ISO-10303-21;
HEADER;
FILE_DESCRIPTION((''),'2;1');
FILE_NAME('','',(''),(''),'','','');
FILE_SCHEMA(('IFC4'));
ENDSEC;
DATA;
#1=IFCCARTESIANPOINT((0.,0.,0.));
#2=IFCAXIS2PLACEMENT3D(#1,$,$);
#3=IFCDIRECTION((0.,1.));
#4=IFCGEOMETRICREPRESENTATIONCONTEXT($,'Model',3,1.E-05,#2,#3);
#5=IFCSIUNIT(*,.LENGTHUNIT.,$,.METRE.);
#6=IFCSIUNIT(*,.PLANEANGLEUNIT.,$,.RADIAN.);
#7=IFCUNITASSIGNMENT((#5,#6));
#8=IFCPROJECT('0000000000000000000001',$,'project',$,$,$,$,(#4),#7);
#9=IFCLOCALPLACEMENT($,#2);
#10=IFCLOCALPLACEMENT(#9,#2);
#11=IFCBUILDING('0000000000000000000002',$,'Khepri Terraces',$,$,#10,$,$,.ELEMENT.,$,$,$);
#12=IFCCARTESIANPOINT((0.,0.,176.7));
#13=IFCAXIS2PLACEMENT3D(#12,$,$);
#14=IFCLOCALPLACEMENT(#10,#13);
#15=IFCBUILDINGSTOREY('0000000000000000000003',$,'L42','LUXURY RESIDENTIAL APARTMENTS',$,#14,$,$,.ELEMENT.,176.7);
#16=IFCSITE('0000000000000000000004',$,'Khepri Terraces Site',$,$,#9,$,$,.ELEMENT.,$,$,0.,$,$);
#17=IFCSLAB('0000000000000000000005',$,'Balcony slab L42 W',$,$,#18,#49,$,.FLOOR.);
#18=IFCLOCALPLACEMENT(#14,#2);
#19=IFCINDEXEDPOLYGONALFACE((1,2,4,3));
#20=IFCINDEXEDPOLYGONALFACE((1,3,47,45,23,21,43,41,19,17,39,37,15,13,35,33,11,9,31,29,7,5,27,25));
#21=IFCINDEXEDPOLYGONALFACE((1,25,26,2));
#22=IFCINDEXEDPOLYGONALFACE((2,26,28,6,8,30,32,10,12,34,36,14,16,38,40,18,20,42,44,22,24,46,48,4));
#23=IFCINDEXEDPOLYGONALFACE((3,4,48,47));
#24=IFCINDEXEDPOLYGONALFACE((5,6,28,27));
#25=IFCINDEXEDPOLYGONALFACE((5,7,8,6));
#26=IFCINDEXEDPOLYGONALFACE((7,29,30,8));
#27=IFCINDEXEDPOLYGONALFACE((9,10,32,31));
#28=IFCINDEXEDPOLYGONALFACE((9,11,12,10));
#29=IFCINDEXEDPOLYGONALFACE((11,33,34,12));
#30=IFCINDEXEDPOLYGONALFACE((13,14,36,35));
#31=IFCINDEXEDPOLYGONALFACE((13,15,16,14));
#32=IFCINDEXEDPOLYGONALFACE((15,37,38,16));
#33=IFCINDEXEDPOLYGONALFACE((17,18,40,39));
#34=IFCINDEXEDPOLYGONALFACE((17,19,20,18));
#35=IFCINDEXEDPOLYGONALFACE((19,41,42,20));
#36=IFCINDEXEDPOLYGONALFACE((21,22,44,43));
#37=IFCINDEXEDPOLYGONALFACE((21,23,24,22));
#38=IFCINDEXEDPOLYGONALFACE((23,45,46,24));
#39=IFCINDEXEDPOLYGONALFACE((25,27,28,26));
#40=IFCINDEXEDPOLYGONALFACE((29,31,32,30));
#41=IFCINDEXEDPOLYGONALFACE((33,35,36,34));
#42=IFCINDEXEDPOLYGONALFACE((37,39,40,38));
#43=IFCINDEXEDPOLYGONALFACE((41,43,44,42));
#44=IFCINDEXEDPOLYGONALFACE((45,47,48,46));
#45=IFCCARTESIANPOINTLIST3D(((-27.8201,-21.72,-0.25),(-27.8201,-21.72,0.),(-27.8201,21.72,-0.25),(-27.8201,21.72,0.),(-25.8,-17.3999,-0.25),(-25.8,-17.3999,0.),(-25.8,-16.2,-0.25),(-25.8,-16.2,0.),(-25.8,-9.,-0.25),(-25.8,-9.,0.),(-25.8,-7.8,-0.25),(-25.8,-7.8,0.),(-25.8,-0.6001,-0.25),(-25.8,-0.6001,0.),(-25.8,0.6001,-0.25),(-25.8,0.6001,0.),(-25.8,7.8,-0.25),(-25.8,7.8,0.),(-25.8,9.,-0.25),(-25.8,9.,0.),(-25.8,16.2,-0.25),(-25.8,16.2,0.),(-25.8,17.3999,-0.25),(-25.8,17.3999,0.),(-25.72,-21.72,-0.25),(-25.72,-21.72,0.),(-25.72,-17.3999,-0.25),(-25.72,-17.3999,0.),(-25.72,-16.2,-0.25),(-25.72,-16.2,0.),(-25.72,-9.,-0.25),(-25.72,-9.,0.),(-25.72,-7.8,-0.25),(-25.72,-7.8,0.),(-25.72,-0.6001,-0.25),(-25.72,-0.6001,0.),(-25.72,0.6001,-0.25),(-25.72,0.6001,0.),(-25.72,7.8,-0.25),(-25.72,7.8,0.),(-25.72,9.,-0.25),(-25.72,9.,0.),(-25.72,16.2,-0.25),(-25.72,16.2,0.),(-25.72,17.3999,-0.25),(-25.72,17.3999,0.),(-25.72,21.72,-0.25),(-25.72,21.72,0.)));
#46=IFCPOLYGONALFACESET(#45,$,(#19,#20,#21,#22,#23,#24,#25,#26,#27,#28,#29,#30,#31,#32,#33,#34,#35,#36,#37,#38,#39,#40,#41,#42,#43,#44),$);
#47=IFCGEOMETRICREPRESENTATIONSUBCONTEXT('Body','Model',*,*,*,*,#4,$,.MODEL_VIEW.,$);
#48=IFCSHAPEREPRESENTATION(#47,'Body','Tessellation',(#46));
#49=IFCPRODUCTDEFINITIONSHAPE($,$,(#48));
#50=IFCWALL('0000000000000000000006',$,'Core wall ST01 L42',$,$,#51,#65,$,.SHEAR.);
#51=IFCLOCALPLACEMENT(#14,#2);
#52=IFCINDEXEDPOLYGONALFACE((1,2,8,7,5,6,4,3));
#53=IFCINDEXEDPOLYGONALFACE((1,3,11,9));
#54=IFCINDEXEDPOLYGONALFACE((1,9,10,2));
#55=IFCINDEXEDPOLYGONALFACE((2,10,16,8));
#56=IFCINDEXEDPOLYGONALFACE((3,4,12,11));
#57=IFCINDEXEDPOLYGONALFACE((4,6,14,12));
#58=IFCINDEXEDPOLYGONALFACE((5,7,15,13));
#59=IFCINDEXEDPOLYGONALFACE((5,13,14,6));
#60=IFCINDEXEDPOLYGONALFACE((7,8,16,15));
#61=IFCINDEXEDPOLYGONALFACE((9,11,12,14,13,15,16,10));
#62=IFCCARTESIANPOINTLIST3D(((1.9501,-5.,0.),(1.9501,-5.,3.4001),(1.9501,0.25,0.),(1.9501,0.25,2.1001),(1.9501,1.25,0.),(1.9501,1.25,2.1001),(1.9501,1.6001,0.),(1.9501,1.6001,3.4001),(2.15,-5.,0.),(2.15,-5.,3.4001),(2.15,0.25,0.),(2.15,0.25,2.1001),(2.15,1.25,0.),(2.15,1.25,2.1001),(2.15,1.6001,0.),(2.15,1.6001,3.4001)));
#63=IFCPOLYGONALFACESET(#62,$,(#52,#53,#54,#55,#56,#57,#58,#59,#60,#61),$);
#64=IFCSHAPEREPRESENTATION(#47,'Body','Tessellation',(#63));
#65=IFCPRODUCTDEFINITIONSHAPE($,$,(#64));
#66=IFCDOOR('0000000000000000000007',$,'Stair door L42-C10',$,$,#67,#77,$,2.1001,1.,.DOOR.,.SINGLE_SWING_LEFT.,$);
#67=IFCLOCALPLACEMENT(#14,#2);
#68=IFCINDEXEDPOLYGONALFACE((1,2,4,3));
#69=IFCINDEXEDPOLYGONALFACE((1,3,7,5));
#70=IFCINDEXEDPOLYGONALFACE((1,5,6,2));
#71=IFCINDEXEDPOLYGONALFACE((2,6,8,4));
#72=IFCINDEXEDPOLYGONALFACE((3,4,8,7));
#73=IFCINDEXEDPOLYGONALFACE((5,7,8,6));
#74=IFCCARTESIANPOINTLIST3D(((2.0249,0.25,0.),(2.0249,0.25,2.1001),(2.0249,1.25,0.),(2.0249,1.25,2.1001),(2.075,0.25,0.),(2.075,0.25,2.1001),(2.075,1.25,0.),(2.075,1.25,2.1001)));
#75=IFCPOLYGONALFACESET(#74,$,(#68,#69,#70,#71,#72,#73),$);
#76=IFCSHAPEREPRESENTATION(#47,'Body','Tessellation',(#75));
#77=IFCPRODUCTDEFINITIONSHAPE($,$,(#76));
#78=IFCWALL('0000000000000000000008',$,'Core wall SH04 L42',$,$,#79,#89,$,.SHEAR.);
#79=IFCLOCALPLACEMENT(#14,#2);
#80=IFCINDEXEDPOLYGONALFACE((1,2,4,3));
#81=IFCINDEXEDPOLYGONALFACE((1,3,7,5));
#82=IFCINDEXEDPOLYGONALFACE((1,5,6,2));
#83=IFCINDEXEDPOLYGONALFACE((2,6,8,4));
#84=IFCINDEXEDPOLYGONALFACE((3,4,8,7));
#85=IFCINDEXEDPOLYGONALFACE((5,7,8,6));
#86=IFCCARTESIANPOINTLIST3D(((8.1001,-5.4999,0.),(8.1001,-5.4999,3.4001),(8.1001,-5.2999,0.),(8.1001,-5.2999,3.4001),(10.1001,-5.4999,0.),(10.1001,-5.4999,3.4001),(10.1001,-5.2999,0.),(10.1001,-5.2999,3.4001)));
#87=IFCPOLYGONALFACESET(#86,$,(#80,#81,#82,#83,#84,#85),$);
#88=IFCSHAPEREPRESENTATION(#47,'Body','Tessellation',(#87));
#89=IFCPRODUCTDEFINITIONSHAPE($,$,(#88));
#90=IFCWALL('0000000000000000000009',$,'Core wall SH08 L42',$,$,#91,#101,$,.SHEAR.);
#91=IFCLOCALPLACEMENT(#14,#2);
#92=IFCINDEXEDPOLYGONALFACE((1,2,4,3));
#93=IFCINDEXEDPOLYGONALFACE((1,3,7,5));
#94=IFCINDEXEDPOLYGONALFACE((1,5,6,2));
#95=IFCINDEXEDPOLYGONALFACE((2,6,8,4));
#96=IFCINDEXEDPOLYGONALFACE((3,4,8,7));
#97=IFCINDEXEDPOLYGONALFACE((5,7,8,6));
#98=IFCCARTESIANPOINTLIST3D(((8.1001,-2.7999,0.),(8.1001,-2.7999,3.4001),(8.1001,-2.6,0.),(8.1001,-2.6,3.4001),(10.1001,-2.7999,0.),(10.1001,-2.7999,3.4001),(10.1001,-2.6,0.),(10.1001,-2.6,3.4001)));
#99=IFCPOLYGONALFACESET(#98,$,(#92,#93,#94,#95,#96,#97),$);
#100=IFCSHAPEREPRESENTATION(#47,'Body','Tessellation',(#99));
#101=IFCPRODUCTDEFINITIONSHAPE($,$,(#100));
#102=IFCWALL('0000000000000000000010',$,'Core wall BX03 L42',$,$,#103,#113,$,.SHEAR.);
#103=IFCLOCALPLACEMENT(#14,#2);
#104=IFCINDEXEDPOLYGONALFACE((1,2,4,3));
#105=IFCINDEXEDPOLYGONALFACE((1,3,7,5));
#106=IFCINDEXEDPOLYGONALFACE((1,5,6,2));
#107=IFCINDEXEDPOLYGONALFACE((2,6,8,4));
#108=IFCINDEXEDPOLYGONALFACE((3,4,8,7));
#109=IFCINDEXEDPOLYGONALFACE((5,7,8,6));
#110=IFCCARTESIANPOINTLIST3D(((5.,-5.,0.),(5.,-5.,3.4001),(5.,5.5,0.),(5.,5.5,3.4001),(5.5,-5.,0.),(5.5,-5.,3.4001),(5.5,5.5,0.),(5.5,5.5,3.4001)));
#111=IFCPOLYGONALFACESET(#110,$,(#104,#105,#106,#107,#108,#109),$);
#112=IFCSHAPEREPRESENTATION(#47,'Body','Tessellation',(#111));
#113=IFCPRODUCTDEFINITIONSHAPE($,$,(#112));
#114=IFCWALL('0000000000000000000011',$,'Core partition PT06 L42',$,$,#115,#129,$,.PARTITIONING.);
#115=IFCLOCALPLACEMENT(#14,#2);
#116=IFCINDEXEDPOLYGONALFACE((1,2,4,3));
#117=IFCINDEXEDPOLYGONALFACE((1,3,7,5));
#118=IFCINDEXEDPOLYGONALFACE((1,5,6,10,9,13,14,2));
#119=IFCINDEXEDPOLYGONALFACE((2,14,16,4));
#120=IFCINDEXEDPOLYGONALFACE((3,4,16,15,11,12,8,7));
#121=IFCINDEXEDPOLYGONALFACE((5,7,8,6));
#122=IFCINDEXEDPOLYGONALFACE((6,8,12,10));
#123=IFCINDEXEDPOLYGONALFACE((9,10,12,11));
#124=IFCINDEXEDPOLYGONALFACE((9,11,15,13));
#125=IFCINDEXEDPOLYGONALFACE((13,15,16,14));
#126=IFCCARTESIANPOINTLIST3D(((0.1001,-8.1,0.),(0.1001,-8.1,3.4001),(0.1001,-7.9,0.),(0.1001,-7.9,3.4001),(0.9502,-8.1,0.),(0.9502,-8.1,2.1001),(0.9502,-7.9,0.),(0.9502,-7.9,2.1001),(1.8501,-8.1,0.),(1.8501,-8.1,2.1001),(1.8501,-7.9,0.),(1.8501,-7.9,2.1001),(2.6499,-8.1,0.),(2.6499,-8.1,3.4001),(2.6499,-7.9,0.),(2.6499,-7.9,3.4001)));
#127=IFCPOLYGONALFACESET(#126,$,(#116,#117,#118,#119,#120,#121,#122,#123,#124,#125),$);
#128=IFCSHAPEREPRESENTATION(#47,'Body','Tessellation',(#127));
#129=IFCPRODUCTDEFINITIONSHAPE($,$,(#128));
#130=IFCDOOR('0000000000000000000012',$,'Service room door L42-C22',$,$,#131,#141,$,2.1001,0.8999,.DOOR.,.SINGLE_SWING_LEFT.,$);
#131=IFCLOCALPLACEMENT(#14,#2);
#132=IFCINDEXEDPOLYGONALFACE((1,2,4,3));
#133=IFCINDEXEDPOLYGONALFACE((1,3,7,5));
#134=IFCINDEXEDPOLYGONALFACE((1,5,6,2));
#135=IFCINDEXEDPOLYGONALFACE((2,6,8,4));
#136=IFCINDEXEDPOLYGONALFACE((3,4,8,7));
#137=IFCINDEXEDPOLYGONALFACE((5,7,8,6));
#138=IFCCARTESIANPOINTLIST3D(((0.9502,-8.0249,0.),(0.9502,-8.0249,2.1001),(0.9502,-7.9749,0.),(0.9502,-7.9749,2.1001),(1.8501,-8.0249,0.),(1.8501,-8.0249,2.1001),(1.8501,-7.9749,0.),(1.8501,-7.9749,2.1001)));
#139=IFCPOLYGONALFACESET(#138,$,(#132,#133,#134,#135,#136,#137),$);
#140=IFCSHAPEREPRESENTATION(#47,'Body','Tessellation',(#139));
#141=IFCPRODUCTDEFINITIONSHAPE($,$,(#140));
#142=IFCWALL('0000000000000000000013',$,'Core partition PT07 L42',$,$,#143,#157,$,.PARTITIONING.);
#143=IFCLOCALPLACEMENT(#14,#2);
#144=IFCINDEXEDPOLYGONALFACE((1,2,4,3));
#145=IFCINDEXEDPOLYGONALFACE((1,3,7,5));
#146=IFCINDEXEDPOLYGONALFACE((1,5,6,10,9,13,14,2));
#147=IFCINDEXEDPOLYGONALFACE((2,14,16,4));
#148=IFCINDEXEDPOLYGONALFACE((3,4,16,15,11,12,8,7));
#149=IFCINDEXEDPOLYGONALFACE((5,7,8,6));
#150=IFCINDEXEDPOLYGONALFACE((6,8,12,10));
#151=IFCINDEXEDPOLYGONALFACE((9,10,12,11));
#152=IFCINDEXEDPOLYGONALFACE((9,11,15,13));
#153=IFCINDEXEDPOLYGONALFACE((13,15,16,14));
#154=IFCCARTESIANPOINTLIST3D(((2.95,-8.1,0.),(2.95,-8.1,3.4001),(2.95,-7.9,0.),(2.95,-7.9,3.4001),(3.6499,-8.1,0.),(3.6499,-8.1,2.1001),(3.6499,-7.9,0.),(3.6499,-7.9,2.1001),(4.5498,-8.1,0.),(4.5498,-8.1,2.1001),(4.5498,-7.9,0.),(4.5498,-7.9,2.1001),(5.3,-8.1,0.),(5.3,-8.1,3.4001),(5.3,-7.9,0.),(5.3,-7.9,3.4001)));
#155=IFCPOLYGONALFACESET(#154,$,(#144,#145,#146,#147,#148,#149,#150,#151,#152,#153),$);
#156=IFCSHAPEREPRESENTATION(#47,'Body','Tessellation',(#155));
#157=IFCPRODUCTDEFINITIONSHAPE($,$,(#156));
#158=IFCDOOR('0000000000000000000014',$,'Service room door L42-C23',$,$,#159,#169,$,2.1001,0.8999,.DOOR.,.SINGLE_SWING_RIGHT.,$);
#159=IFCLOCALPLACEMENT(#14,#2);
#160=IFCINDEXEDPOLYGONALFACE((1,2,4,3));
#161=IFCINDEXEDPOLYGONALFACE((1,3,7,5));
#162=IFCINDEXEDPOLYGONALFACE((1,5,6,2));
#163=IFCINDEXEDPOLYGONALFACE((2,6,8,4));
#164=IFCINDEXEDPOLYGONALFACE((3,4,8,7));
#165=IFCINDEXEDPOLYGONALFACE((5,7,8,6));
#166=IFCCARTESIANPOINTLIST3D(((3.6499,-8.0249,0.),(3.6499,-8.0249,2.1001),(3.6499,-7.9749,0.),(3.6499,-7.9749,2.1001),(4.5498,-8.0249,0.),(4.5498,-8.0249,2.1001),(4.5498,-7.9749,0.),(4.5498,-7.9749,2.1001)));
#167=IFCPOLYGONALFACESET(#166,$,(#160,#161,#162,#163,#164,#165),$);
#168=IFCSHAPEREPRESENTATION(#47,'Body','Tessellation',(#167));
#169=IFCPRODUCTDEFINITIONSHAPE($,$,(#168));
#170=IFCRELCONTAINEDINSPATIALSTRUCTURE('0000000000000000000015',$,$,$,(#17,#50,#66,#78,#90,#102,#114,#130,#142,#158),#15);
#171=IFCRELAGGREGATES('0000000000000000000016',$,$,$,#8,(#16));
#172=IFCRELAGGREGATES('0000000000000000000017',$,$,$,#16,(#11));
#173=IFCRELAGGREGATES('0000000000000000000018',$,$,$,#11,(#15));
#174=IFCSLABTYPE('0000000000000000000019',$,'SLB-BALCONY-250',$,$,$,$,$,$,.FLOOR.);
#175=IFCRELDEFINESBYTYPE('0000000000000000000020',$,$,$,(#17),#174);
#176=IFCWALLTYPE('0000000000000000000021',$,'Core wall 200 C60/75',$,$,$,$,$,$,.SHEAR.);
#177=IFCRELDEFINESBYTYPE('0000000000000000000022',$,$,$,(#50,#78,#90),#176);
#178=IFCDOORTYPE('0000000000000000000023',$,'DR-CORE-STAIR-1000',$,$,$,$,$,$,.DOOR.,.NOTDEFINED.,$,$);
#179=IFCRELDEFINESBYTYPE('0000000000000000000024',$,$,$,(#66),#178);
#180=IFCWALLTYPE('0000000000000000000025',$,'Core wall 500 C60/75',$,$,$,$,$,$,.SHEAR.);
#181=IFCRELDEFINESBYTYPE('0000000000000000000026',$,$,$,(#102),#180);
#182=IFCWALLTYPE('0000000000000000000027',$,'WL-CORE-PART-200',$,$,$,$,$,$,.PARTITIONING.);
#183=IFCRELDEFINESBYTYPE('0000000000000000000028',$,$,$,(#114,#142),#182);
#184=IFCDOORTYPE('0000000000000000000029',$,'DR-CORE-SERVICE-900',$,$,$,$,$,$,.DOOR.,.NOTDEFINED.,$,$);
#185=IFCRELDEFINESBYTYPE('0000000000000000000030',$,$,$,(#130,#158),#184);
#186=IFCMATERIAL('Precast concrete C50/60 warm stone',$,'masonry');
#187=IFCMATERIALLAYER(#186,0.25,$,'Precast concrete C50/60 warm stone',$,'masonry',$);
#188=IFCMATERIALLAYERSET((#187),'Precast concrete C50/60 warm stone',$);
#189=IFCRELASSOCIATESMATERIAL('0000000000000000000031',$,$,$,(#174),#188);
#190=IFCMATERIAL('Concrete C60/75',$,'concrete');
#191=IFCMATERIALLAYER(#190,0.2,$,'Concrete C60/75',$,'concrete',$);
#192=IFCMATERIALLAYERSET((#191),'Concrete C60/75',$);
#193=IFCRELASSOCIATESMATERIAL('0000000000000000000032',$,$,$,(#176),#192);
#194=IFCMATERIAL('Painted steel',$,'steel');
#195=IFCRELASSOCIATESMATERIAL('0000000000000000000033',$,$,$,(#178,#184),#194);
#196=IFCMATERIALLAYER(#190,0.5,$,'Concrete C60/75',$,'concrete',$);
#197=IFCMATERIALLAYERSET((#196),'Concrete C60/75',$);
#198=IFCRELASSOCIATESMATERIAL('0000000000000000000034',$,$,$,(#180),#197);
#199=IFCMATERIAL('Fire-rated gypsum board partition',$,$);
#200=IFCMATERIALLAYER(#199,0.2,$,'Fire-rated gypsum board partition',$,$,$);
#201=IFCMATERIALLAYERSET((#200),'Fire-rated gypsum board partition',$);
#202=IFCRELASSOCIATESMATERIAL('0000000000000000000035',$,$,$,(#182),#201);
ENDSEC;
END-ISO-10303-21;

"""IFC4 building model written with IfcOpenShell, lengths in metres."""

from ifc_helpers import new_model, si_unit, direction, frame, frame_2d, origin, place, context, subcontext, project, spatial, polyline, rectangle, outline, extrude, material, layer, layer_set, type_object, element, fill, save


model = new_model("IFC4")

# Units and contexts
model_context = context("Model", 3, precision=1e-05, world=origin(), true_north=direction((0.0, 1.0)))
body_context = subcontext(model_context, "Body", "Model", "MODEL_VIEW")
ifc_project = project(units=[si_unit("LENGTHUNIT", "METRE"), si_unit("PLANEANGLEUNIT", "RADIAN")], contexts=[model_context])

# Site, building, storey
site_placement = place(None, origin())
site = spatial("IfcSite", under=ifc_project, at=site_placement, Name="Khepri Terraces Site", CompositionType="ELEMENT", RefElevation=0.0)
building_placement = place(site_placement, origin())
building = spatial("IfcBuilding", under=site, at=building_placement, Name="Khepri Terraces", CompositionType="ELEMENT")
storey_placement = place(building_placement, frame((0.0, 0.0, 176.7)))
storey = spatial("IfcBuildingStorey", under=building, at=storey_placement, Name="L42", Description="LUXURY RESIDENTIAL APARTMENTS", CompositionType="ELEMENT", Elevation=176.7)

# Slab
ifc_material_1 = material(Name="Precast concrete C50/60 warm stone", Category="masonry")
ifc_layer_1 = layer(ifc_material_1, 0.25, Name="Precast concrete C50/60 warm stone", Category="masonry")
ifc_layer_set_1 = layer_set([ifc_layer_1], Name="Precast concrete C50/60 warm stone")
slab_type_1 = type_object("IfcSlabType", Name="SLB-BALCONY-250", PredefinedType="FLOOR", material=ifc_layer_set_1)
slab_1_placement = place(storey_placement, frame((0.0, 0.0, -0.25)))
element("IfcSlab", 1, at=slab_1_placement, inside=storey, type_object=slab_type_1, Name="Balcony slab L42 W", PredefinedType="FLOOR", context=body_context, shape_type="SweptSolid", body=[
    extrude(outline(polyline([(-25.72, 17.3999), (-25.72, 21.72), (-27.8201, 21.72), (-27.8201, -21.72), (-25.72, -21.72), (-25.72, -17.3999), (-25.8, -17.3999), (-25.8, -16.2), (-25.72, -16.2), (-25.72, -9.0), (-25.8, -9.0), (-25.8, -7.8), (-25.72, -7.8), (-25.72, -0.6001), (-25.8, -0.6001), (-25.8, 0.6001), (-25.72, 0.6001), (-25.72, 7.8), (-25.8, 7.8), (-25.8, 9.0), (-25.72, 9.0), (-25.72, 16.2), (-25.8, 16.2), (-25.8, 17.3999), (-25.72, 17.3999)])), origin(), (0.0, 0.0, 1.0), 0.25),
])

# Wall, opening, door
ifc_material_2 = material(Name="Concrete C60/75", Category="concrete")
ifc_layer_2 = layer(ifc_material_2, 0.2, Name="Concrete C60/75", Category="concrete")
ifc_layer_set_2 = layer_set([ifc_layer_2], Name="Concrete C60/75")
wall_type_1 = type_object("IfcWallType", Name="Core wall 200 C60/75", PredefinedType="SHEAR", material=ifc_layer_set_2)
wall_1_placement = place(storey_placement, frame((2.05, -5.0, 0.0), z_axis=(0.0, 0.0, 1.0), x_axis=(0.0, 1.0, 0.0)))
wall_1 = element("IfcWall", 2, at=wall_1_placement, inside=storey, type_object=wall_type_1, Name="Core wall ST01 L42", PredefinedType="SHEAR", context=body_context, shape_type="SweptSolid", body=[
    extrude(rectangle(XDim=6.6001, YDim=0.2, at=frame_2d((3.3, 0.0))), origin(), (0.0, 0.0, 1.0), 3.4001),
])
opening_1_placement = place(wall_1_placement, frame((5.25, 0.0, 0.0)))
opening_1 = element("IfcOpeningElement", 3, at=opening_1_placement, cuts=wall_1, PredefinedType="OPENING", context=body_context, shape_type="SweptSolid", body=[
    extrude(rectangle(XDim=1.0, YDim=2.1001, at=frame_2d((0.5, 1.05))), frame((0.0, 0.1099, 0.0), z_axis=(0.0, -1.0, 0.0), x_axis=(1.0, 0.0, 0.0)), (0.0, 0.0, 1.0), 0.22),
])
ifc_material_3 = material(Name="Painted steel", Category="steel")
door_type_1 = type_object("IfcDoorType", Name="DR-CORE-STAIR-1000", OperationType="NOTDEFINED", PredefinedType="DOOR", material=ifc_material_3)
door_1_placement = place(opening_1_placement, frame((1.0, 0.0, 0.0), z_axis=(0.0, 0.0, 1.0), x_axis=(-1.0, 0.0, 0.0)))
door_1 = element("IfcDoor", 4, at=door_1_placement, inside=storey, type_object=door_type_1, Name="Stair door L42-C10", OperationType="SINGLE_SWING_LEFT", OverallHeight=2.1001, OverallWidth=1.0, PredefinedType="DOOR", context=body_context, shape_type="SweptSolid", body=[
    extrude(rectangle(XDim=1.0, YDim=2.1001, at=frame_2d((0.5, 1.05))), frame((0.0, 0.0249, 0.0), z_axis=(0.0, -1.0, 0.0), x_axis=(1.0, 0.0, 0.0)), (0.0, 0.0, 1.0), 0.05),
])
fill(opening_1, door_1)

# Walls
for number, where, z_axis, x_axis, name in (
    (5, (8.1001, -5.3999, 0.0), (0.0, 0.0, 1.0), (1.0, 0.0, 0.0), "Core wall SH04 L42"),
    (6, (8.1001, -2.7, 0.0), (0.0, 0.0, 1.0), (1.0, 0.0, 0.0), "Core wall SH08 L42"),
):
    element("IfcWall", number, at=place(storey_placement, frame(where, z_axis=z_axis, x_axis=x_axis)), inside=storey, type_object=wall_type_1, Name=name, PredefinedType="SHEAR", context=body_context, shape_type="SweptSolid", body=[
        extrude(rectangle(XDim=2.0, YDim=0.2, at=frame_2d((1.0, 0.0))), origin(), (0.0, 0.0, 1.0), 3.4001),
    ])
ifc_layer_3 = layer(ifc_material_2, 0.5, Name="Concrete C60/75", Category="concrete")
ifc_layer_set_3 = layer_set([ifc_layer_3], Name="Concrete C60/75")
wall_type_2 = type_object("IfcWallType", Name="Core wall 500 C60/75", PredefinedType="SHEAR", material=ifc_layer_set_3)
wall_2_placement = place(storey_placement, frame((5.25, -5.0, 0.0), z_axis=(0.0, 0.0, 1.0), x_axis=(0.0, 1.0, 0.0)))
element("IfcWall", 7, at=wall_2_placement, inside=storey, type_object=wall_type_2, Name="Core wall BX03 L42", PredefinedType="SHEAR", context=body_context, shape_type="SweptSolid", body=[
    extrude(rectangle(XDim=10.5, YDim=0.5, at=frame_2d((5.25, 0.0))), origin(), (0.0, 0.0, 1.0), 3.4001),
])

# Walls, openings, doors
ifc_material_4 = material(Name="Fire-rated gypsum board partition")
ifc_layer_4 = layer(ifc_material_4, 0.2, Name="Fire-rated gypsum board partition")
ifc_layer_set_4 = layer_set([ifc_layer_4], Name="Fire-rated gypsum board partition")
wall_type_3 = type_object("IfcWallType", Name="WL-CORE-PART-200", PredefinedType="PARTITIONING", material=ifc_layer_set_4)
wall_3_placement = place(storey_placement, frame((0.1001, -8.0, 0.0), z_axis=(0.0, 0.0, 1.0), x_axis=(1.0, 0.0, 0.0)))
wall_3 = element("IfcWall", 8, at=wall_3_placement, inside=storey, type_object=wall_type_3, Name="Core partition PT06 L42", PredefinedType="PARTITIONING", context=body_context, shape_type="SweptSolid", body=[
    extrude(rectangle(XDim=2.5498, YDim=0.2, at=frame_2d((1.2749, 0.0))), origin(), (0.0, 0.0, 1.0), 3.4001),
])
opening_2_placement = place(wall_3_placement, frame((0.8501, 0.0, 0.0)))
opening_2 = element("IfcOpeningElement", 9, at=opening_2_placement, cuts=wall_3, PredefinedType="OPENING", context=body_context, shape_type="SweptSolid", body=[
    extrude(rectangle(XDim=0.8999, YDim=2.1001, at=frame_2d((0.45, 1.05))), frame((0.0, 0.1099, 0.0), z_axis=(0.0, -1.0, 0.0), x_axis=(1.0, 0.0, 0.0)), (0.0, 0.0, 1.0), 0.22),
])
door_type_2 = type_object("IfcDoorType", Name="DR-CORE-SERVICE-900", OperationType="NOTDEFINED", PredefinedType="DOOR", material=ifc_material_3)
door_2_placement = place(opening_2_placement, frame((0.8999, 0.0, 0.0), z_axis=(0.0, 0.0, 1.0), x_axis=(-1.0, 0.0, 0.0)))
door_2 = element("IfcDoor", 10, at=door_2_placement, inside=storey, type_object=door_type_2, Name="Service room door L42-C22", OperationType="SINGLE_SWING_LEFT", OverallHeight=2.1001, OverallWidth=0.8999, PredefinedType="DOOR", context=body_context, shape_type="SweptSolid", body=[
    extrude(rectangle(XDim=0.8999, YDim=2.1001, at=frame_2d((0.45, 1.05))), frame((0.0, 0.0249, 0.0), z_axis=(0.0, -1.0, 0.0), x_axis=(1.0, 0.0, 0.0)), (0.0, 0.0, 1.0), 0.05),
])
fill(opening_2, door_2)
wall_4_placement = place(storey_placement, frame((2.95, -8.0, 0.0), z_axis=(0.0, 0.0, 1.0), x_axis=(1.0, 0.0, 0.0)))
wall_4 = element("IfcWall", 11, at=wall_4_placement, inside=storey, type_object=wall_type_3, Name="Core partition PT07 L42", PredefinedType="PARTITIONING", context=body_context, shape_type="SweptSolid", body=[
    extrude(rectangle(XDim=2.3501, YDim=0.2, at=frame_2d((1.175, 0.0))), origin(), (0.0, 0.0, 1.0), 3.4001),
])
opening_3_placement = place(wall_4_placement, frame((0.7, 0.0, 0.0)))
opening_3 = element("IfcOpeningElement", 12, at=opening_3_placement, cuts=wall_4, PredefinedType="OPENING", context=body_context, shape_type="SweptSolid", body=[
    extrude(rectangle(XDim=0.8999, YDim=2.1001, at=frame_2d((0.45, 1.05))), frame((0.0, 0.1099, 0.0), z_axis=(0.0, -1.0, 0.0), x_axis=(1.0, 0.0, 0.0)), (0.0, 0.0, 1.0), 0.22),
])
door_3_placement = place(opening_3_placement, frame((0.8999, 0.0, 0.0), z_axis=(0.0, 0.0, 1.0), x_axis=(-1.0, 0.0, 0.0)))
door_3 = element("IfcDoor", 13, at=door_3_placement, inside=storey, type_object=door_type_2, Name="Service room door L42-C23", OperationType="SINGLE_SWING_RIGHT", OverallHeight=2.1001, OverallWidth=0.8999, PredefinedType="DOOR", context=body_context, shape_type="SweptSolid", body=[
    extrude(rectangle(XDim=0.8999, YDim=2.1001, at=frame_2d((0.45, 1.05))), frame((0.0, 0.0249, 0.0), z_axis=(0.0, -1.0, 0.0), x_axis=(1.0, 0.0, 0.0)), (0.0, 0.0, 1.0), 0.05),
])
fill(opening_3, door_3)

save(model, "model.ifc")
